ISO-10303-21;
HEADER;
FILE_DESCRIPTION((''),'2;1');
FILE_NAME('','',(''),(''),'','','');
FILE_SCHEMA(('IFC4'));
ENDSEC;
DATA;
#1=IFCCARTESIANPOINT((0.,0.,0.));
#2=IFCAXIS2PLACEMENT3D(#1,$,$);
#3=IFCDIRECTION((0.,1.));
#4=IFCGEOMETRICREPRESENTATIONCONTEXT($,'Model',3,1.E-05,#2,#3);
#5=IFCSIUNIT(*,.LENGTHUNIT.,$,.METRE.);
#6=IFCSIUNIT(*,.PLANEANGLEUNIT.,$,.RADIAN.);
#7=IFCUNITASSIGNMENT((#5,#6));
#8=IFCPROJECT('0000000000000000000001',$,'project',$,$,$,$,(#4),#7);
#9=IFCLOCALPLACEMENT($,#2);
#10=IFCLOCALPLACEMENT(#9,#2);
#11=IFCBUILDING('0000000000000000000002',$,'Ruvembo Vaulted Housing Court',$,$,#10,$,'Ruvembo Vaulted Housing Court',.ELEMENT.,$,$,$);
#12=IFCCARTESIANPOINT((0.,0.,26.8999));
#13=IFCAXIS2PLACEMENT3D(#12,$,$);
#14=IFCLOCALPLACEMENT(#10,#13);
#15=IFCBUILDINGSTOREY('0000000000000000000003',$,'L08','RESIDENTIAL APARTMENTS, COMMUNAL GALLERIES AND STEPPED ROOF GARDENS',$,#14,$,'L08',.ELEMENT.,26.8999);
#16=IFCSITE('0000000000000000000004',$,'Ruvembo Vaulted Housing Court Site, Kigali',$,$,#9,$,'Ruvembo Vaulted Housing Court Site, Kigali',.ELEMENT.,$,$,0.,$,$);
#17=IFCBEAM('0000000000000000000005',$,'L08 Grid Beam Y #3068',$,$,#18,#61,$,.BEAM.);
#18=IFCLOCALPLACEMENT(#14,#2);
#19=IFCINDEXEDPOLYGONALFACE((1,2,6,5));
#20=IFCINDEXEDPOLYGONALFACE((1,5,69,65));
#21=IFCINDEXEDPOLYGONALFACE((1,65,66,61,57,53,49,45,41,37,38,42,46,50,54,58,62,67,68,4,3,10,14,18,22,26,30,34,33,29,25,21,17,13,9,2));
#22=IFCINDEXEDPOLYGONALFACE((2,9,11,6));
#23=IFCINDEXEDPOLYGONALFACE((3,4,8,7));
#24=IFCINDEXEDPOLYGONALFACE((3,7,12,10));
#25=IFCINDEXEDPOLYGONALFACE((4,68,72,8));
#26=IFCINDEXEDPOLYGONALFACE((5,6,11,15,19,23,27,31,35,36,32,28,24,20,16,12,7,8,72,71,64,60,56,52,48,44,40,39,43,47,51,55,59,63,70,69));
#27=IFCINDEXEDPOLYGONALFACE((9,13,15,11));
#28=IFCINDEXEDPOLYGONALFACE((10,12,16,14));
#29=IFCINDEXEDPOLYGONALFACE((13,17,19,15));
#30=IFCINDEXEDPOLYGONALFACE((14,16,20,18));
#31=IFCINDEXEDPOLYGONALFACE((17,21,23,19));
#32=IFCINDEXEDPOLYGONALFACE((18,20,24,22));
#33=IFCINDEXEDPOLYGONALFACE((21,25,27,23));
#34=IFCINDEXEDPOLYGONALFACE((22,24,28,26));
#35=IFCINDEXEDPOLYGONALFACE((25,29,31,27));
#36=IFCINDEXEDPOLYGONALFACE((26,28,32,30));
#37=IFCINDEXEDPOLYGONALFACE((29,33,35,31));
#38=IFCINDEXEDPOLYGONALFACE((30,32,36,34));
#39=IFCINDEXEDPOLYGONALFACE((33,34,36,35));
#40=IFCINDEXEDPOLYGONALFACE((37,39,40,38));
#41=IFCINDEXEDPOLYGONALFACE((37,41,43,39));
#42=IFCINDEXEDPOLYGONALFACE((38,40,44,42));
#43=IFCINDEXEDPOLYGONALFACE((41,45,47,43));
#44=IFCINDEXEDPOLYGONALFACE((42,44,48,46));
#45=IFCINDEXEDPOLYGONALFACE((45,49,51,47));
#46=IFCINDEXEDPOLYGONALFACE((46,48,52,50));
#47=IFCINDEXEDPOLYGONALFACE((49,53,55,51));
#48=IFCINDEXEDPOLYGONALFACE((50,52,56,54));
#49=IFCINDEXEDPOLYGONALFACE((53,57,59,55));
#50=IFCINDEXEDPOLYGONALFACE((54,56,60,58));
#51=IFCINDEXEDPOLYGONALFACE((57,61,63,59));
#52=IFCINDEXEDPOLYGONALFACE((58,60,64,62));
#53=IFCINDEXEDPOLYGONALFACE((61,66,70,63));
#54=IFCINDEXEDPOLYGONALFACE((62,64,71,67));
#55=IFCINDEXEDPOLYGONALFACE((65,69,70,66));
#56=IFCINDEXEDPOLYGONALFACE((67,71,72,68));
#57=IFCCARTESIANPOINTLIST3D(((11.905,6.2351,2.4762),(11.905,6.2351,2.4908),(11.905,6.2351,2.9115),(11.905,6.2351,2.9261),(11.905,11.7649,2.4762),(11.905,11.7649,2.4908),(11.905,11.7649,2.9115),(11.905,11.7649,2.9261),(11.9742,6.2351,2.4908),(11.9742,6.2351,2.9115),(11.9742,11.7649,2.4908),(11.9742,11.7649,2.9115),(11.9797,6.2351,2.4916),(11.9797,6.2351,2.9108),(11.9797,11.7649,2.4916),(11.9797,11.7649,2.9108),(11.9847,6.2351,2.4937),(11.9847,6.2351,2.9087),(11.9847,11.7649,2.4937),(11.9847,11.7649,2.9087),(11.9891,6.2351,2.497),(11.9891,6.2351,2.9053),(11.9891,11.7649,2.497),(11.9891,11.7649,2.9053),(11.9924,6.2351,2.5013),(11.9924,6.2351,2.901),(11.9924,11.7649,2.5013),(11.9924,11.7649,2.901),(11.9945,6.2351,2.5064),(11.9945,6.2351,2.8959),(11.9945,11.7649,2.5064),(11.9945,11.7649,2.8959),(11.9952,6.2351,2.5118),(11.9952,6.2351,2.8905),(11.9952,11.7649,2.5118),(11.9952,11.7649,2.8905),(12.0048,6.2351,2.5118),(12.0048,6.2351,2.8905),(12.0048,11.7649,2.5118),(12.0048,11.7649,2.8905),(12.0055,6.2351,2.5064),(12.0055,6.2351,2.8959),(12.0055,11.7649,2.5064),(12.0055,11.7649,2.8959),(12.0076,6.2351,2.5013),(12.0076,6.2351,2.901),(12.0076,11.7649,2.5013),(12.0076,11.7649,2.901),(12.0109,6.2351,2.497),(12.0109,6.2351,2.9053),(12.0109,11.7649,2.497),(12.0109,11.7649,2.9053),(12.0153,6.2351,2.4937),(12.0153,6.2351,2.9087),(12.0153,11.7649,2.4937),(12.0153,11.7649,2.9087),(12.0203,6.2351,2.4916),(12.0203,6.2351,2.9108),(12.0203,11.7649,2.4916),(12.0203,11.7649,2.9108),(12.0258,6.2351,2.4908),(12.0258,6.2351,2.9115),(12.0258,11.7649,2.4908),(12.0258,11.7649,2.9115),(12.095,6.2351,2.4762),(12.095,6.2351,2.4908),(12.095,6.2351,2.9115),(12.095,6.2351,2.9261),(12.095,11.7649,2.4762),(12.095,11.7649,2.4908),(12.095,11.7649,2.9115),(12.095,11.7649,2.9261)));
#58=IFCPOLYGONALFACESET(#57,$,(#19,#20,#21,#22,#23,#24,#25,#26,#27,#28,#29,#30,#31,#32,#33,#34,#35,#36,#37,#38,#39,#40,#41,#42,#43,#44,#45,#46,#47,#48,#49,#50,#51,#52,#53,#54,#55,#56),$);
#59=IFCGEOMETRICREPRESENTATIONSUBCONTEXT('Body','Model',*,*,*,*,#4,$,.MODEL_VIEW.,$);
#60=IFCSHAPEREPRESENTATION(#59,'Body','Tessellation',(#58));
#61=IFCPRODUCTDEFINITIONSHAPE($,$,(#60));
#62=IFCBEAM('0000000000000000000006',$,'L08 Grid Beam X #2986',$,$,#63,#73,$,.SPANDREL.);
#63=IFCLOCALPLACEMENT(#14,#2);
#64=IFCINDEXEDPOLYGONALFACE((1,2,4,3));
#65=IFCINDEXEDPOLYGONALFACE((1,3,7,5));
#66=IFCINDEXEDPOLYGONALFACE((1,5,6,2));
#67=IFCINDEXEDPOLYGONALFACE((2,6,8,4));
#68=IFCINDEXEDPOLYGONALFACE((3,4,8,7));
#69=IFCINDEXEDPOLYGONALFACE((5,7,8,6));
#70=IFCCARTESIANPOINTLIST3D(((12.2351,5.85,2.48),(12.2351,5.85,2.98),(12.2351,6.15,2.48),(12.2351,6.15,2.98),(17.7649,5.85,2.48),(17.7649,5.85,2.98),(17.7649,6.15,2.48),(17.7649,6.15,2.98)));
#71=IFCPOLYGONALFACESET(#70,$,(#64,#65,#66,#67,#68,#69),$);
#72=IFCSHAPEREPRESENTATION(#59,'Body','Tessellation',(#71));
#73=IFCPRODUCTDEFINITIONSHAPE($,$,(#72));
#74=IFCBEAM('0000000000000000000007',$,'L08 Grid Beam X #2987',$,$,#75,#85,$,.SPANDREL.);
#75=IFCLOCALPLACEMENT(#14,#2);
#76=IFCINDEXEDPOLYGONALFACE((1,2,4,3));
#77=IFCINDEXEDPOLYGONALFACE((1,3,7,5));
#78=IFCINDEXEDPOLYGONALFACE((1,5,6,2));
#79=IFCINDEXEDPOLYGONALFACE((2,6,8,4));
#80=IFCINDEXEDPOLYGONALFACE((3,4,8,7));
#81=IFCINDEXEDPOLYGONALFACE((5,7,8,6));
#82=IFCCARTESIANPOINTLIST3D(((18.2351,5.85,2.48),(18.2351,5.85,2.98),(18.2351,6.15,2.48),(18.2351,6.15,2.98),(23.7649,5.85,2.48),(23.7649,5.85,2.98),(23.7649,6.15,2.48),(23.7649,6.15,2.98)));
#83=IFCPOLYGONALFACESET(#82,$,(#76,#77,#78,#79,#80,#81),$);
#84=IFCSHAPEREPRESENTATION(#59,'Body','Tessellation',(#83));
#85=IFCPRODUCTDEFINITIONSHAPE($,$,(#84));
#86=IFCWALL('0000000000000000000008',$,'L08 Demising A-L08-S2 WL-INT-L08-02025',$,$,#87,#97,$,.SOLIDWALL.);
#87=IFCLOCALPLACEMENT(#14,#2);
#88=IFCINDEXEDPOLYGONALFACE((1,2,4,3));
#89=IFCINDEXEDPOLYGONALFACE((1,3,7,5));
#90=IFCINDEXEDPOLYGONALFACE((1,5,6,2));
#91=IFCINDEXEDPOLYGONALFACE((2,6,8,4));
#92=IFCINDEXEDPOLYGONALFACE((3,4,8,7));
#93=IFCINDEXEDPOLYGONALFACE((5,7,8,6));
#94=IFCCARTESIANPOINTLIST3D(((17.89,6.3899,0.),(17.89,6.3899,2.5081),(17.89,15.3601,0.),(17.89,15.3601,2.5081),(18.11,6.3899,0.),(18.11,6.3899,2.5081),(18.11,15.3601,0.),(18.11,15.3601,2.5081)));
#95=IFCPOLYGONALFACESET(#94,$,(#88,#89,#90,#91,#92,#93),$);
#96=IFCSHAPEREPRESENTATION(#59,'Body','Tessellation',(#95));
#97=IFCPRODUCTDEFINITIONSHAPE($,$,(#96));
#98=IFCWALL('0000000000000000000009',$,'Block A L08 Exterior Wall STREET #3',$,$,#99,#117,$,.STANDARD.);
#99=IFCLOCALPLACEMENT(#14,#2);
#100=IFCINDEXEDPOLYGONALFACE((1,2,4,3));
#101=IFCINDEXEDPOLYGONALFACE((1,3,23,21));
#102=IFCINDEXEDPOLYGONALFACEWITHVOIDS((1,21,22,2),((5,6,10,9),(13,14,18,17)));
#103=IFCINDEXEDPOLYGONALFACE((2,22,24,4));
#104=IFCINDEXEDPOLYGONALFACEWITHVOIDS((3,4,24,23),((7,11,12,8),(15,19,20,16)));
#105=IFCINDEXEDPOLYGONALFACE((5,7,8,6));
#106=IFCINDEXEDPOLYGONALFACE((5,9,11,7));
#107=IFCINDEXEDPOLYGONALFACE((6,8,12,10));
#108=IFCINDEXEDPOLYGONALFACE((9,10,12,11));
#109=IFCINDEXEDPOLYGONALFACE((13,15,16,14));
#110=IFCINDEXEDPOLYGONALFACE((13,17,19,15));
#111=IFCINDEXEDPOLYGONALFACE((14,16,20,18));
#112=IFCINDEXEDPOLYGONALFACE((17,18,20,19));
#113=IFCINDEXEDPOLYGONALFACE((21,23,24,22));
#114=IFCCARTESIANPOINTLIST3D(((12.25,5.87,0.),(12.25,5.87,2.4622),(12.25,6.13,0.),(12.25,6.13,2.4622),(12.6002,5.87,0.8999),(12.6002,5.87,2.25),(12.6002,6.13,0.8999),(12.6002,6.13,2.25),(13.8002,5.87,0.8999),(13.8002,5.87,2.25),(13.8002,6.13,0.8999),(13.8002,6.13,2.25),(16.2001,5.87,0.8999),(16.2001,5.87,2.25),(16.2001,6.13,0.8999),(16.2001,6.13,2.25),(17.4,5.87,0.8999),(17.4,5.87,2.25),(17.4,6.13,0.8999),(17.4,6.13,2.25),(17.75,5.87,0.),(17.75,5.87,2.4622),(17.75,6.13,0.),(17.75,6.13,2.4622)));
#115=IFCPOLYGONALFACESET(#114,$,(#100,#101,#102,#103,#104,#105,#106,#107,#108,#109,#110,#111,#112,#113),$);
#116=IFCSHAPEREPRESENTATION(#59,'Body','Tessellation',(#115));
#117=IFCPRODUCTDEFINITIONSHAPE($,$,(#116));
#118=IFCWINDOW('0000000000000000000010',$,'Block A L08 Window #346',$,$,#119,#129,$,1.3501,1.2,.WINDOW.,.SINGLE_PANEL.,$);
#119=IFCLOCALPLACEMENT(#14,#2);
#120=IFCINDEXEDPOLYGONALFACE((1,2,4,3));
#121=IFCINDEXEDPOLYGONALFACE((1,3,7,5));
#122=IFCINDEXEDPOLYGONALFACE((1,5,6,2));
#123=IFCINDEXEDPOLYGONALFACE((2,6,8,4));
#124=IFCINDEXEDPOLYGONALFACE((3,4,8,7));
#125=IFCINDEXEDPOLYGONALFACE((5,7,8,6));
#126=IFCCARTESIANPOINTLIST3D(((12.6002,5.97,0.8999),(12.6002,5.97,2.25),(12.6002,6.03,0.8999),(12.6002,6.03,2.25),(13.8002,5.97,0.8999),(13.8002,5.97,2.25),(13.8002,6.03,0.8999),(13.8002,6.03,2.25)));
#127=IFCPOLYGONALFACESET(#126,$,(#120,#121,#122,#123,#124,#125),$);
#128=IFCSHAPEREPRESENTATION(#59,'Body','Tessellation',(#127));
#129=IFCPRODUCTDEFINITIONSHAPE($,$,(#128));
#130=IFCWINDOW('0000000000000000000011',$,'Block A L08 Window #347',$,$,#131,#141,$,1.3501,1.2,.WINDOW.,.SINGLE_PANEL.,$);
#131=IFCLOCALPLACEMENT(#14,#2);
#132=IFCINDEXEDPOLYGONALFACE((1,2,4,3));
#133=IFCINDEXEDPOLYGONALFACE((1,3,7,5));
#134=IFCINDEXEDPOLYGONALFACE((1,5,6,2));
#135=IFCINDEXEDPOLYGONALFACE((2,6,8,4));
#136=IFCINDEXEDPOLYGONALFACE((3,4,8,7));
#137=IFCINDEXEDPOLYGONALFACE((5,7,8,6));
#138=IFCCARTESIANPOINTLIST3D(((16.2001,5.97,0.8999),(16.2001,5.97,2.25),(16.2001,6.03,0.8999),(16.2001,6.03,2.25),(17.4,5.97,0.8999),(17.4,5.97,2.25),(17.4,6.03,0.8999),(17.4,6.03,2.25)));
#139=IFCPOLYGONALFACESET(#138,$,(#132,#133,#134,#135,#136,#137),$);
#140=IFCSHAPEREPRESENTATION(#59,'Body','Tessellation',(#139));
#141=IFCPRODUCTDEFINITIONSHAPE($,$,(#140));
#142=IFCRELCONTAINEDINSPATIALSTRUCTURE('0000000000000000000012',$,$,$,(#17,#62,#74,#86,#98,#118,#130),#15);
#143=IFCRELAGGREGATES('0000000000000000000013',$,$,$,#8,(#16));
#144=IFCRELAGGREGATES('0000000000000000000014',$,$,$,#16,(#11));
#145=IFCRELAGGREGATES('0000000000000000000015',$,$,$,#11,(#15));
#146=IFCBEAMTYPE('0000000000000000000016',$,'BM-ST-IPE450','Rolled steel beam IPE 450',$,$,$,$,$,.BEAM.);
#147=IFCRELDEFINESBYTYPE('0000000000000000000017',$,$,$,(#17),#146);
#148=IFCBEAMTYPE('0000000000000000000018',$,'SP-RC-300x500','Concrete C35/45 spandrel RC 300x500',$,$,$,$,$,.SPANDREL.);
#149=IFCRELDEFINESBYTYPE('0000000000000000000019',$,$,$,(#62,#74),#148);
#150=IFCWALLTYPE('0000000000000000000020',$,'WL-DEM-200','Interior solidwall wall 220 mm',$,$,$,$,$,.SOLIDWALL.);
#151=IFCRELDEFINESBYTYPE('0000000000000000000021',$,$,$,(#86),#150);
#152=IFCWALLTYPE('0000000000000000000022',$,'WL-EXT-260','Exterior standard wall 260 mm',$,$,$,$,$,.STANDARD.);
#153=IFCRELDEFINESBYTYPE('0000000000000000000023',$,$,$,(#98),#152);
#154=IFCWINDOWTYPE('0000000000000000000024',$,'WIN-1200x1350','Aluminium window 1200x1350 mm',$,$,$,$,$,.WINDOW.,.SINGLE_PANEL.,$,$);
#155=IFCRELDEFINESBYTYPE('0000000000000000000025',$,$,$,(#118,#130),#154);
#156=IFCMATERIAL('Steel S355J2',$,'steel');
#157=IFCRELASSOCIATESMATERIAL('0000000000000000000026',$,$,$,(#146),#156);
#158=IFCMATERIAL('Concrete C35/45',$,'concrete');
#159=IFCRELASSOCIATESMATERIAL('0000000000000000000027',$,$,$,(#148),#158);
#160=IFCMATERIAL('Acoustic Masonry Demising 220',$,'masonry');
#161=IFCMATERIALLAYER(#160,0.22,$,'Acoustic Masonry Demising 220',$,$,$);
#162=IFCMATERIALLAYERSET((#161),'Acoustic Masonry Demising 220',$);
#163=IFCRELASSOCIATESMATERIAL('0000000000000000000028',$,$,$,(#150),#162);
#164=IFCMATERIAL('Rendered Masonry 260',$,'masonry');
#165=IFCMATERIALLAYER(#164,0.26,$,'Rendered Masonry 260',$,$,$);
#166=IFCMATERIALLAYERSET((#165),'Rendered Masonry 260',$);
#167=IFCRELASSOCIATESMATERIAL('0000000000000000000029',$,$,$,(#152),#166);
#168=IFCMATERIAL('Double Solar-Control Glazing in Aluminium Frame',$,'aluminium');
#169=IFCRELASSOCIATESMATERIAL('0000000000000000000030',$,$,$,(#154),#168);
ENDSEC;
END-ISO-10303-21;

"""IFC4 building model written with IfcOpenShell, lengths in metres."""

from ifc_helpers import new_model, si_unit, direction, frame, frame_2d, origin, origin_2d, place, context, subcontext, project, spatial, rectangle, i_section, extrude, material, layer, layer_set, material_profile, profile_set, type_object, element, fill, save


model = new_model("IFC4")

# Units and contexts
model_context = context("Model", 3, precision=1e-05, world=origin(), true_north=direction((0.0, 1.0)))
body_context = subcontext(model_context, "Body", "Model", "MODEL_VIEW")
ifc_project = project(units=[si_unit("LENGTHUNIT", "METRE"), si_unit("PLANEANGLEUNIT", "RADIAN")], contexts=[model_context])

# Site, building, storey
site_placement = place(None, origin())
site = spatial("IfcSite", under=ifc_project, at=site_placement, Name="Ruvembo Vaulted Housing Court Site, Kigali", LongName="Ruvembo Vaulted Housing Court Site, Kigali", CompositionType="ELEMENT", RefElevation=0.0)
building_placement = place(site_placement, origin())
building = spatial("IfcBuilding", under=site, at=building_placement, Name="Ruvembo Vaulted Housing Court", LongName="Ruvembo Vaulted Housing Court", CompositionType="ELEMENT")
storey_placement = place(building_placement, frame((0.0, 0.0, 26.8999)))
storey = spatial("IfcBuildingStorey", under=building, at=storey_placement, Name="L08", Description="RESIDENTIAL APARTMENTS, COMMUNAL GALLERIES AND STEPPED ROOF GARDENS", LongName="L08", CompositionType="ELEMENT", Elevation=26.8999)

# Shared definitions
ifc_material_1 = material(Name="Concrete C35/45", Category="concrete")

# Beams
ifc_material_2 = material(Name="Steel S355J2", Category="steel")
ifc_material_profile_1 = material_profile(ifc_material_2, i_section(OverallWidth=0.1899, OverallDepth=0.45, WebThickness=0.0095, FlangeThickness=0.0146, FilletRadius=0.021, at=origin_2d()), Name="IPE 450")
ifc_profile_set_1 = profile_set([ifc_material_profile_1], Name="Steel S355J2")
beam_type_1 = type_object("IfcBeamType", Name="BM-ST-IPE450", Description="Rolled steel beam IPE 450", PredefinedType="BEAM", material=ifc_profile_set_1)
beam_1_placement = place(storey_placement, frame((12.0, 6.2351, 2.7012), z_axis=(0.0, 1.0, 0.0), x_axis=(-1.0, 0.0, 0.0)))
element("IfcBeam", 1, at=beam_1_placement, inside=storey, type_object=beam_type_1, Name="L08 Grid Beam Y #3068", PredefinedType="BEAM", context=body_context, shape_type="SweptSolid", body=[
    extrude(i_section(OverallWidth=0.1899, OverallDepth=0.45, WebThickness=0.0095, FlangeThickness=0.0146, FilletRadius=0.021, at=origin_2d()), origin(), (0.0, 0.0, 1.0), 5.5298),
])
ifc_material_profile_2 = material_profile(ifc_material_1, rectangle(XDim=0.3, YDim=0.5, at=origin_2d()), Name="RC 300x500")
ifc_profile_set_2 = profile_set([ifc_material_profile_2], Name="Concrete C35/45")
beam_type_2 = type_object("IfcBeamType", Name="SP-RC-300x500", Description="Concrete C35/45 spandrel RC 300x500", PredefinedType="SPANDREL", material=ifc_profile_set_2)
for number, where, z_axis, x_axis, name in (
    (2, (12.2351, 6.0, 2.73), (1.0, 0.0, 0.0), (0.0, 1.0, 0.0), "L08 Grid Beam X #2986"),
    (3, (18.2351, 6.0, 2.73), (1.0, 0.0, 0.0), (0.0, 1.0, 0.0), "L08 Grid Beam X #2987"),
):
    element("IfcBeam", number, at=place(storey_placement, frame(where, z_axis=z_axis, x_axis=x_axis)), inside=storey, type_object=beam_type_2, Name=name, PredefinedType="SPANDREL", context=body_context, shape_type="SweptSolid", body=[
        extrude(rectangle(XDim=0.3, YDim=0.5, at=origin_2d()), origin(), (0.0, 0.0, 1.0), 5.5298),
    ])

# Wall
ifc_material_3 = material(Name="Acoustic Masonry Demising 220", Category="masonry")
ifc_layer_1 = layer(ifc_material_3, 0.22, Name="Acoustic Masonry Demising 220")
ifc_layer_set_1 = layer_set([ifc_layer_1], Name="Acoustic Masonry Demising 220")
wall_type_1 = type_object("IfcWallType", Name="WL-DEM-200", Description="Interior solidwall wall 220 mm", PredefinedType="SOLIDWALL", material=ifc_layer_set_1)
wall_1_placement = place(storey_placement, frame((18.0, 6.3899, 0.0), z_axis=(0.0, 0.0, 1.0), x_axis=(0.0, 1.0, 0.0)))
element("IfcWall", 4, at=wall_1_placement, inside=storey, type_object=wall_type_1, Name="L08 Demising A-L08-S2 WL-INT-L08-02025", PredefinedType="SOLIDWALL", context=body_context, shape_type="SweptSolid", body=[
    extrude(rectangle(XDim=8.9702, YDim=0.22, at=frame_2d((4.4851, 0.0))), origin(), (0.0, 0.0, 1.0), 2.5081),
])

# Wall, openings, windows
ifc_material_4 = material(Name="Rendered Masonry 260", Category="masonry")
ifc_layer_2 = layer(ifc_material_4, 0.26, Name="Rendered Masonry 260")
ifc_layer_set_2 = layer_set([ifc_layer_2], Name="Rendered Masonry 260")
wall_type_2 = type_object("IfcWallType", Name="WL-EXT-260", Description="Exterior standard wall 260 mm", PredefinedType="STANDARD", material=ifc_layer_set_2)
wall_2_placement = place(storey_placement, frame((12.25, 6.0, 0.0), z_axis=(0.0, 0.0, 1.0), x_axis=(1.0, 0.0, 0.0)))
wall_2 = element("IfcWall", 5, at=wall_2_placement, inside=storey, type_object=wall_type_2, Name="Block A L08 Exterior Wall STREET #3", PredefinedType="STANDARD", context=body_context, shape_type="SweptSolid", body=[
    extrude(rectangle(XDim=5.5, YDim=0.26, at=frame_2d((2.75, 0.0))), origin(), (0.0, 0.0, 1.0), 2.4622),
])
opening_1_placement = place(wall_2_placement, frame((0.3501, 0.0, 0.8999)))
opening_1 = element("IfcOpeningElement", 6, at=opening_1_placement, cuts=wall_2, PredefinedType="OPENING", context=body_context, shape_type="SweptSolid", body=[
    extrude(rectangle(XDim=1.2, YDim=1.3501, at=frame_2d((0.6001, 0.675))), frame((0.0, 0.1399, 0.0), z_axis=(0.0, -1.0, 0.0), x_axis=(1.0, 0.0, 0.0)), (0.0, 0.0, 1.0), 0.28),
])
opening_2_placement = place(wall_2_placement, frame((3.95, 0.0, 0.8999)))
opening_2 = element("IfcOpeningElement", 7, at=opening_2_placement, cuts=wall_2, PredefinedType="OPENING", context=body_context, shape_type="SweptSolid", body=[
    extrude(rectangle(XDim=1.2, YDim=1.3501, at=frame_2d((0.6001, 0.675))), frame((0.0, 0.1399, 0.0), z_axis=(0.0, -1.0, 0.0), x_axis=(1.0, 0.0, 0.0)), (0.0, 0.0, 1.0), 0.28),
])
ifc_material_5 = material(Name="Double Solar-Control Glazing in Aluminium Frame", Category="aluminium")
window_type_1 = type_object("IfcWindowType", Name="WIN-1200x1350", Description="Aluminium window 1200x1350 mm", PartitioningType="SINGLE_PANEL", PredefinedType="WINDOW", material=ifc_material_5)
window_1_placement = place(opening_1_placement, origin())
window_1 = element("IfcWindow", 8, at=window_1_placement, inside=storey, type_object=window_type_1, Name="Block A L08 Window #346", OverallHeight=1.3501, OverallWidth=1.2, PartitioningType="SINGLE_PANEL", PredefinedType="WINDOW", context=body_context, shape_type="SweptSolid", body=[
    extrude(rectangle(XDim=1.2, YDim=1.3501, at=frame_2d((0.6001, 0.675))), frame((0.0, 0.03, 0.0), z_axis=(0.0, -1.0, 0.0), x_axis=(1.0, 0.0, 0.0)), (0.0, 0.0, 1.0), 0.0601),
])
fill(opening_1, window_1)
window_2_placement = place(opening_2_placement, origin())
window_2 = element("IfcWindow", 9, at=window_2_placement, inside=storey, type_object=window_type_1, Name="Block A L08 Window #347", OverallHeight=1.3501, OverallWidth=1.2, PartitioningType="SINGLE_PANEL", PredefinedType="WINDOW", context=body_context, shape_type="SweptSolid", body=[
    extrude(rectangle(XDim=1.2, YDim=1.3501, at=frame_2d((0.6001, 0.675))), frame((0.0, 0.03, 0.0), z_axis=(0.0, -1.0, 0.0), x_axis=(1.0, 0.0, 0.0)), (0.0, 0.0, 1.0), 0.0601),
])
fill(opening_2, window_2)

save(model, "model.ifc")
